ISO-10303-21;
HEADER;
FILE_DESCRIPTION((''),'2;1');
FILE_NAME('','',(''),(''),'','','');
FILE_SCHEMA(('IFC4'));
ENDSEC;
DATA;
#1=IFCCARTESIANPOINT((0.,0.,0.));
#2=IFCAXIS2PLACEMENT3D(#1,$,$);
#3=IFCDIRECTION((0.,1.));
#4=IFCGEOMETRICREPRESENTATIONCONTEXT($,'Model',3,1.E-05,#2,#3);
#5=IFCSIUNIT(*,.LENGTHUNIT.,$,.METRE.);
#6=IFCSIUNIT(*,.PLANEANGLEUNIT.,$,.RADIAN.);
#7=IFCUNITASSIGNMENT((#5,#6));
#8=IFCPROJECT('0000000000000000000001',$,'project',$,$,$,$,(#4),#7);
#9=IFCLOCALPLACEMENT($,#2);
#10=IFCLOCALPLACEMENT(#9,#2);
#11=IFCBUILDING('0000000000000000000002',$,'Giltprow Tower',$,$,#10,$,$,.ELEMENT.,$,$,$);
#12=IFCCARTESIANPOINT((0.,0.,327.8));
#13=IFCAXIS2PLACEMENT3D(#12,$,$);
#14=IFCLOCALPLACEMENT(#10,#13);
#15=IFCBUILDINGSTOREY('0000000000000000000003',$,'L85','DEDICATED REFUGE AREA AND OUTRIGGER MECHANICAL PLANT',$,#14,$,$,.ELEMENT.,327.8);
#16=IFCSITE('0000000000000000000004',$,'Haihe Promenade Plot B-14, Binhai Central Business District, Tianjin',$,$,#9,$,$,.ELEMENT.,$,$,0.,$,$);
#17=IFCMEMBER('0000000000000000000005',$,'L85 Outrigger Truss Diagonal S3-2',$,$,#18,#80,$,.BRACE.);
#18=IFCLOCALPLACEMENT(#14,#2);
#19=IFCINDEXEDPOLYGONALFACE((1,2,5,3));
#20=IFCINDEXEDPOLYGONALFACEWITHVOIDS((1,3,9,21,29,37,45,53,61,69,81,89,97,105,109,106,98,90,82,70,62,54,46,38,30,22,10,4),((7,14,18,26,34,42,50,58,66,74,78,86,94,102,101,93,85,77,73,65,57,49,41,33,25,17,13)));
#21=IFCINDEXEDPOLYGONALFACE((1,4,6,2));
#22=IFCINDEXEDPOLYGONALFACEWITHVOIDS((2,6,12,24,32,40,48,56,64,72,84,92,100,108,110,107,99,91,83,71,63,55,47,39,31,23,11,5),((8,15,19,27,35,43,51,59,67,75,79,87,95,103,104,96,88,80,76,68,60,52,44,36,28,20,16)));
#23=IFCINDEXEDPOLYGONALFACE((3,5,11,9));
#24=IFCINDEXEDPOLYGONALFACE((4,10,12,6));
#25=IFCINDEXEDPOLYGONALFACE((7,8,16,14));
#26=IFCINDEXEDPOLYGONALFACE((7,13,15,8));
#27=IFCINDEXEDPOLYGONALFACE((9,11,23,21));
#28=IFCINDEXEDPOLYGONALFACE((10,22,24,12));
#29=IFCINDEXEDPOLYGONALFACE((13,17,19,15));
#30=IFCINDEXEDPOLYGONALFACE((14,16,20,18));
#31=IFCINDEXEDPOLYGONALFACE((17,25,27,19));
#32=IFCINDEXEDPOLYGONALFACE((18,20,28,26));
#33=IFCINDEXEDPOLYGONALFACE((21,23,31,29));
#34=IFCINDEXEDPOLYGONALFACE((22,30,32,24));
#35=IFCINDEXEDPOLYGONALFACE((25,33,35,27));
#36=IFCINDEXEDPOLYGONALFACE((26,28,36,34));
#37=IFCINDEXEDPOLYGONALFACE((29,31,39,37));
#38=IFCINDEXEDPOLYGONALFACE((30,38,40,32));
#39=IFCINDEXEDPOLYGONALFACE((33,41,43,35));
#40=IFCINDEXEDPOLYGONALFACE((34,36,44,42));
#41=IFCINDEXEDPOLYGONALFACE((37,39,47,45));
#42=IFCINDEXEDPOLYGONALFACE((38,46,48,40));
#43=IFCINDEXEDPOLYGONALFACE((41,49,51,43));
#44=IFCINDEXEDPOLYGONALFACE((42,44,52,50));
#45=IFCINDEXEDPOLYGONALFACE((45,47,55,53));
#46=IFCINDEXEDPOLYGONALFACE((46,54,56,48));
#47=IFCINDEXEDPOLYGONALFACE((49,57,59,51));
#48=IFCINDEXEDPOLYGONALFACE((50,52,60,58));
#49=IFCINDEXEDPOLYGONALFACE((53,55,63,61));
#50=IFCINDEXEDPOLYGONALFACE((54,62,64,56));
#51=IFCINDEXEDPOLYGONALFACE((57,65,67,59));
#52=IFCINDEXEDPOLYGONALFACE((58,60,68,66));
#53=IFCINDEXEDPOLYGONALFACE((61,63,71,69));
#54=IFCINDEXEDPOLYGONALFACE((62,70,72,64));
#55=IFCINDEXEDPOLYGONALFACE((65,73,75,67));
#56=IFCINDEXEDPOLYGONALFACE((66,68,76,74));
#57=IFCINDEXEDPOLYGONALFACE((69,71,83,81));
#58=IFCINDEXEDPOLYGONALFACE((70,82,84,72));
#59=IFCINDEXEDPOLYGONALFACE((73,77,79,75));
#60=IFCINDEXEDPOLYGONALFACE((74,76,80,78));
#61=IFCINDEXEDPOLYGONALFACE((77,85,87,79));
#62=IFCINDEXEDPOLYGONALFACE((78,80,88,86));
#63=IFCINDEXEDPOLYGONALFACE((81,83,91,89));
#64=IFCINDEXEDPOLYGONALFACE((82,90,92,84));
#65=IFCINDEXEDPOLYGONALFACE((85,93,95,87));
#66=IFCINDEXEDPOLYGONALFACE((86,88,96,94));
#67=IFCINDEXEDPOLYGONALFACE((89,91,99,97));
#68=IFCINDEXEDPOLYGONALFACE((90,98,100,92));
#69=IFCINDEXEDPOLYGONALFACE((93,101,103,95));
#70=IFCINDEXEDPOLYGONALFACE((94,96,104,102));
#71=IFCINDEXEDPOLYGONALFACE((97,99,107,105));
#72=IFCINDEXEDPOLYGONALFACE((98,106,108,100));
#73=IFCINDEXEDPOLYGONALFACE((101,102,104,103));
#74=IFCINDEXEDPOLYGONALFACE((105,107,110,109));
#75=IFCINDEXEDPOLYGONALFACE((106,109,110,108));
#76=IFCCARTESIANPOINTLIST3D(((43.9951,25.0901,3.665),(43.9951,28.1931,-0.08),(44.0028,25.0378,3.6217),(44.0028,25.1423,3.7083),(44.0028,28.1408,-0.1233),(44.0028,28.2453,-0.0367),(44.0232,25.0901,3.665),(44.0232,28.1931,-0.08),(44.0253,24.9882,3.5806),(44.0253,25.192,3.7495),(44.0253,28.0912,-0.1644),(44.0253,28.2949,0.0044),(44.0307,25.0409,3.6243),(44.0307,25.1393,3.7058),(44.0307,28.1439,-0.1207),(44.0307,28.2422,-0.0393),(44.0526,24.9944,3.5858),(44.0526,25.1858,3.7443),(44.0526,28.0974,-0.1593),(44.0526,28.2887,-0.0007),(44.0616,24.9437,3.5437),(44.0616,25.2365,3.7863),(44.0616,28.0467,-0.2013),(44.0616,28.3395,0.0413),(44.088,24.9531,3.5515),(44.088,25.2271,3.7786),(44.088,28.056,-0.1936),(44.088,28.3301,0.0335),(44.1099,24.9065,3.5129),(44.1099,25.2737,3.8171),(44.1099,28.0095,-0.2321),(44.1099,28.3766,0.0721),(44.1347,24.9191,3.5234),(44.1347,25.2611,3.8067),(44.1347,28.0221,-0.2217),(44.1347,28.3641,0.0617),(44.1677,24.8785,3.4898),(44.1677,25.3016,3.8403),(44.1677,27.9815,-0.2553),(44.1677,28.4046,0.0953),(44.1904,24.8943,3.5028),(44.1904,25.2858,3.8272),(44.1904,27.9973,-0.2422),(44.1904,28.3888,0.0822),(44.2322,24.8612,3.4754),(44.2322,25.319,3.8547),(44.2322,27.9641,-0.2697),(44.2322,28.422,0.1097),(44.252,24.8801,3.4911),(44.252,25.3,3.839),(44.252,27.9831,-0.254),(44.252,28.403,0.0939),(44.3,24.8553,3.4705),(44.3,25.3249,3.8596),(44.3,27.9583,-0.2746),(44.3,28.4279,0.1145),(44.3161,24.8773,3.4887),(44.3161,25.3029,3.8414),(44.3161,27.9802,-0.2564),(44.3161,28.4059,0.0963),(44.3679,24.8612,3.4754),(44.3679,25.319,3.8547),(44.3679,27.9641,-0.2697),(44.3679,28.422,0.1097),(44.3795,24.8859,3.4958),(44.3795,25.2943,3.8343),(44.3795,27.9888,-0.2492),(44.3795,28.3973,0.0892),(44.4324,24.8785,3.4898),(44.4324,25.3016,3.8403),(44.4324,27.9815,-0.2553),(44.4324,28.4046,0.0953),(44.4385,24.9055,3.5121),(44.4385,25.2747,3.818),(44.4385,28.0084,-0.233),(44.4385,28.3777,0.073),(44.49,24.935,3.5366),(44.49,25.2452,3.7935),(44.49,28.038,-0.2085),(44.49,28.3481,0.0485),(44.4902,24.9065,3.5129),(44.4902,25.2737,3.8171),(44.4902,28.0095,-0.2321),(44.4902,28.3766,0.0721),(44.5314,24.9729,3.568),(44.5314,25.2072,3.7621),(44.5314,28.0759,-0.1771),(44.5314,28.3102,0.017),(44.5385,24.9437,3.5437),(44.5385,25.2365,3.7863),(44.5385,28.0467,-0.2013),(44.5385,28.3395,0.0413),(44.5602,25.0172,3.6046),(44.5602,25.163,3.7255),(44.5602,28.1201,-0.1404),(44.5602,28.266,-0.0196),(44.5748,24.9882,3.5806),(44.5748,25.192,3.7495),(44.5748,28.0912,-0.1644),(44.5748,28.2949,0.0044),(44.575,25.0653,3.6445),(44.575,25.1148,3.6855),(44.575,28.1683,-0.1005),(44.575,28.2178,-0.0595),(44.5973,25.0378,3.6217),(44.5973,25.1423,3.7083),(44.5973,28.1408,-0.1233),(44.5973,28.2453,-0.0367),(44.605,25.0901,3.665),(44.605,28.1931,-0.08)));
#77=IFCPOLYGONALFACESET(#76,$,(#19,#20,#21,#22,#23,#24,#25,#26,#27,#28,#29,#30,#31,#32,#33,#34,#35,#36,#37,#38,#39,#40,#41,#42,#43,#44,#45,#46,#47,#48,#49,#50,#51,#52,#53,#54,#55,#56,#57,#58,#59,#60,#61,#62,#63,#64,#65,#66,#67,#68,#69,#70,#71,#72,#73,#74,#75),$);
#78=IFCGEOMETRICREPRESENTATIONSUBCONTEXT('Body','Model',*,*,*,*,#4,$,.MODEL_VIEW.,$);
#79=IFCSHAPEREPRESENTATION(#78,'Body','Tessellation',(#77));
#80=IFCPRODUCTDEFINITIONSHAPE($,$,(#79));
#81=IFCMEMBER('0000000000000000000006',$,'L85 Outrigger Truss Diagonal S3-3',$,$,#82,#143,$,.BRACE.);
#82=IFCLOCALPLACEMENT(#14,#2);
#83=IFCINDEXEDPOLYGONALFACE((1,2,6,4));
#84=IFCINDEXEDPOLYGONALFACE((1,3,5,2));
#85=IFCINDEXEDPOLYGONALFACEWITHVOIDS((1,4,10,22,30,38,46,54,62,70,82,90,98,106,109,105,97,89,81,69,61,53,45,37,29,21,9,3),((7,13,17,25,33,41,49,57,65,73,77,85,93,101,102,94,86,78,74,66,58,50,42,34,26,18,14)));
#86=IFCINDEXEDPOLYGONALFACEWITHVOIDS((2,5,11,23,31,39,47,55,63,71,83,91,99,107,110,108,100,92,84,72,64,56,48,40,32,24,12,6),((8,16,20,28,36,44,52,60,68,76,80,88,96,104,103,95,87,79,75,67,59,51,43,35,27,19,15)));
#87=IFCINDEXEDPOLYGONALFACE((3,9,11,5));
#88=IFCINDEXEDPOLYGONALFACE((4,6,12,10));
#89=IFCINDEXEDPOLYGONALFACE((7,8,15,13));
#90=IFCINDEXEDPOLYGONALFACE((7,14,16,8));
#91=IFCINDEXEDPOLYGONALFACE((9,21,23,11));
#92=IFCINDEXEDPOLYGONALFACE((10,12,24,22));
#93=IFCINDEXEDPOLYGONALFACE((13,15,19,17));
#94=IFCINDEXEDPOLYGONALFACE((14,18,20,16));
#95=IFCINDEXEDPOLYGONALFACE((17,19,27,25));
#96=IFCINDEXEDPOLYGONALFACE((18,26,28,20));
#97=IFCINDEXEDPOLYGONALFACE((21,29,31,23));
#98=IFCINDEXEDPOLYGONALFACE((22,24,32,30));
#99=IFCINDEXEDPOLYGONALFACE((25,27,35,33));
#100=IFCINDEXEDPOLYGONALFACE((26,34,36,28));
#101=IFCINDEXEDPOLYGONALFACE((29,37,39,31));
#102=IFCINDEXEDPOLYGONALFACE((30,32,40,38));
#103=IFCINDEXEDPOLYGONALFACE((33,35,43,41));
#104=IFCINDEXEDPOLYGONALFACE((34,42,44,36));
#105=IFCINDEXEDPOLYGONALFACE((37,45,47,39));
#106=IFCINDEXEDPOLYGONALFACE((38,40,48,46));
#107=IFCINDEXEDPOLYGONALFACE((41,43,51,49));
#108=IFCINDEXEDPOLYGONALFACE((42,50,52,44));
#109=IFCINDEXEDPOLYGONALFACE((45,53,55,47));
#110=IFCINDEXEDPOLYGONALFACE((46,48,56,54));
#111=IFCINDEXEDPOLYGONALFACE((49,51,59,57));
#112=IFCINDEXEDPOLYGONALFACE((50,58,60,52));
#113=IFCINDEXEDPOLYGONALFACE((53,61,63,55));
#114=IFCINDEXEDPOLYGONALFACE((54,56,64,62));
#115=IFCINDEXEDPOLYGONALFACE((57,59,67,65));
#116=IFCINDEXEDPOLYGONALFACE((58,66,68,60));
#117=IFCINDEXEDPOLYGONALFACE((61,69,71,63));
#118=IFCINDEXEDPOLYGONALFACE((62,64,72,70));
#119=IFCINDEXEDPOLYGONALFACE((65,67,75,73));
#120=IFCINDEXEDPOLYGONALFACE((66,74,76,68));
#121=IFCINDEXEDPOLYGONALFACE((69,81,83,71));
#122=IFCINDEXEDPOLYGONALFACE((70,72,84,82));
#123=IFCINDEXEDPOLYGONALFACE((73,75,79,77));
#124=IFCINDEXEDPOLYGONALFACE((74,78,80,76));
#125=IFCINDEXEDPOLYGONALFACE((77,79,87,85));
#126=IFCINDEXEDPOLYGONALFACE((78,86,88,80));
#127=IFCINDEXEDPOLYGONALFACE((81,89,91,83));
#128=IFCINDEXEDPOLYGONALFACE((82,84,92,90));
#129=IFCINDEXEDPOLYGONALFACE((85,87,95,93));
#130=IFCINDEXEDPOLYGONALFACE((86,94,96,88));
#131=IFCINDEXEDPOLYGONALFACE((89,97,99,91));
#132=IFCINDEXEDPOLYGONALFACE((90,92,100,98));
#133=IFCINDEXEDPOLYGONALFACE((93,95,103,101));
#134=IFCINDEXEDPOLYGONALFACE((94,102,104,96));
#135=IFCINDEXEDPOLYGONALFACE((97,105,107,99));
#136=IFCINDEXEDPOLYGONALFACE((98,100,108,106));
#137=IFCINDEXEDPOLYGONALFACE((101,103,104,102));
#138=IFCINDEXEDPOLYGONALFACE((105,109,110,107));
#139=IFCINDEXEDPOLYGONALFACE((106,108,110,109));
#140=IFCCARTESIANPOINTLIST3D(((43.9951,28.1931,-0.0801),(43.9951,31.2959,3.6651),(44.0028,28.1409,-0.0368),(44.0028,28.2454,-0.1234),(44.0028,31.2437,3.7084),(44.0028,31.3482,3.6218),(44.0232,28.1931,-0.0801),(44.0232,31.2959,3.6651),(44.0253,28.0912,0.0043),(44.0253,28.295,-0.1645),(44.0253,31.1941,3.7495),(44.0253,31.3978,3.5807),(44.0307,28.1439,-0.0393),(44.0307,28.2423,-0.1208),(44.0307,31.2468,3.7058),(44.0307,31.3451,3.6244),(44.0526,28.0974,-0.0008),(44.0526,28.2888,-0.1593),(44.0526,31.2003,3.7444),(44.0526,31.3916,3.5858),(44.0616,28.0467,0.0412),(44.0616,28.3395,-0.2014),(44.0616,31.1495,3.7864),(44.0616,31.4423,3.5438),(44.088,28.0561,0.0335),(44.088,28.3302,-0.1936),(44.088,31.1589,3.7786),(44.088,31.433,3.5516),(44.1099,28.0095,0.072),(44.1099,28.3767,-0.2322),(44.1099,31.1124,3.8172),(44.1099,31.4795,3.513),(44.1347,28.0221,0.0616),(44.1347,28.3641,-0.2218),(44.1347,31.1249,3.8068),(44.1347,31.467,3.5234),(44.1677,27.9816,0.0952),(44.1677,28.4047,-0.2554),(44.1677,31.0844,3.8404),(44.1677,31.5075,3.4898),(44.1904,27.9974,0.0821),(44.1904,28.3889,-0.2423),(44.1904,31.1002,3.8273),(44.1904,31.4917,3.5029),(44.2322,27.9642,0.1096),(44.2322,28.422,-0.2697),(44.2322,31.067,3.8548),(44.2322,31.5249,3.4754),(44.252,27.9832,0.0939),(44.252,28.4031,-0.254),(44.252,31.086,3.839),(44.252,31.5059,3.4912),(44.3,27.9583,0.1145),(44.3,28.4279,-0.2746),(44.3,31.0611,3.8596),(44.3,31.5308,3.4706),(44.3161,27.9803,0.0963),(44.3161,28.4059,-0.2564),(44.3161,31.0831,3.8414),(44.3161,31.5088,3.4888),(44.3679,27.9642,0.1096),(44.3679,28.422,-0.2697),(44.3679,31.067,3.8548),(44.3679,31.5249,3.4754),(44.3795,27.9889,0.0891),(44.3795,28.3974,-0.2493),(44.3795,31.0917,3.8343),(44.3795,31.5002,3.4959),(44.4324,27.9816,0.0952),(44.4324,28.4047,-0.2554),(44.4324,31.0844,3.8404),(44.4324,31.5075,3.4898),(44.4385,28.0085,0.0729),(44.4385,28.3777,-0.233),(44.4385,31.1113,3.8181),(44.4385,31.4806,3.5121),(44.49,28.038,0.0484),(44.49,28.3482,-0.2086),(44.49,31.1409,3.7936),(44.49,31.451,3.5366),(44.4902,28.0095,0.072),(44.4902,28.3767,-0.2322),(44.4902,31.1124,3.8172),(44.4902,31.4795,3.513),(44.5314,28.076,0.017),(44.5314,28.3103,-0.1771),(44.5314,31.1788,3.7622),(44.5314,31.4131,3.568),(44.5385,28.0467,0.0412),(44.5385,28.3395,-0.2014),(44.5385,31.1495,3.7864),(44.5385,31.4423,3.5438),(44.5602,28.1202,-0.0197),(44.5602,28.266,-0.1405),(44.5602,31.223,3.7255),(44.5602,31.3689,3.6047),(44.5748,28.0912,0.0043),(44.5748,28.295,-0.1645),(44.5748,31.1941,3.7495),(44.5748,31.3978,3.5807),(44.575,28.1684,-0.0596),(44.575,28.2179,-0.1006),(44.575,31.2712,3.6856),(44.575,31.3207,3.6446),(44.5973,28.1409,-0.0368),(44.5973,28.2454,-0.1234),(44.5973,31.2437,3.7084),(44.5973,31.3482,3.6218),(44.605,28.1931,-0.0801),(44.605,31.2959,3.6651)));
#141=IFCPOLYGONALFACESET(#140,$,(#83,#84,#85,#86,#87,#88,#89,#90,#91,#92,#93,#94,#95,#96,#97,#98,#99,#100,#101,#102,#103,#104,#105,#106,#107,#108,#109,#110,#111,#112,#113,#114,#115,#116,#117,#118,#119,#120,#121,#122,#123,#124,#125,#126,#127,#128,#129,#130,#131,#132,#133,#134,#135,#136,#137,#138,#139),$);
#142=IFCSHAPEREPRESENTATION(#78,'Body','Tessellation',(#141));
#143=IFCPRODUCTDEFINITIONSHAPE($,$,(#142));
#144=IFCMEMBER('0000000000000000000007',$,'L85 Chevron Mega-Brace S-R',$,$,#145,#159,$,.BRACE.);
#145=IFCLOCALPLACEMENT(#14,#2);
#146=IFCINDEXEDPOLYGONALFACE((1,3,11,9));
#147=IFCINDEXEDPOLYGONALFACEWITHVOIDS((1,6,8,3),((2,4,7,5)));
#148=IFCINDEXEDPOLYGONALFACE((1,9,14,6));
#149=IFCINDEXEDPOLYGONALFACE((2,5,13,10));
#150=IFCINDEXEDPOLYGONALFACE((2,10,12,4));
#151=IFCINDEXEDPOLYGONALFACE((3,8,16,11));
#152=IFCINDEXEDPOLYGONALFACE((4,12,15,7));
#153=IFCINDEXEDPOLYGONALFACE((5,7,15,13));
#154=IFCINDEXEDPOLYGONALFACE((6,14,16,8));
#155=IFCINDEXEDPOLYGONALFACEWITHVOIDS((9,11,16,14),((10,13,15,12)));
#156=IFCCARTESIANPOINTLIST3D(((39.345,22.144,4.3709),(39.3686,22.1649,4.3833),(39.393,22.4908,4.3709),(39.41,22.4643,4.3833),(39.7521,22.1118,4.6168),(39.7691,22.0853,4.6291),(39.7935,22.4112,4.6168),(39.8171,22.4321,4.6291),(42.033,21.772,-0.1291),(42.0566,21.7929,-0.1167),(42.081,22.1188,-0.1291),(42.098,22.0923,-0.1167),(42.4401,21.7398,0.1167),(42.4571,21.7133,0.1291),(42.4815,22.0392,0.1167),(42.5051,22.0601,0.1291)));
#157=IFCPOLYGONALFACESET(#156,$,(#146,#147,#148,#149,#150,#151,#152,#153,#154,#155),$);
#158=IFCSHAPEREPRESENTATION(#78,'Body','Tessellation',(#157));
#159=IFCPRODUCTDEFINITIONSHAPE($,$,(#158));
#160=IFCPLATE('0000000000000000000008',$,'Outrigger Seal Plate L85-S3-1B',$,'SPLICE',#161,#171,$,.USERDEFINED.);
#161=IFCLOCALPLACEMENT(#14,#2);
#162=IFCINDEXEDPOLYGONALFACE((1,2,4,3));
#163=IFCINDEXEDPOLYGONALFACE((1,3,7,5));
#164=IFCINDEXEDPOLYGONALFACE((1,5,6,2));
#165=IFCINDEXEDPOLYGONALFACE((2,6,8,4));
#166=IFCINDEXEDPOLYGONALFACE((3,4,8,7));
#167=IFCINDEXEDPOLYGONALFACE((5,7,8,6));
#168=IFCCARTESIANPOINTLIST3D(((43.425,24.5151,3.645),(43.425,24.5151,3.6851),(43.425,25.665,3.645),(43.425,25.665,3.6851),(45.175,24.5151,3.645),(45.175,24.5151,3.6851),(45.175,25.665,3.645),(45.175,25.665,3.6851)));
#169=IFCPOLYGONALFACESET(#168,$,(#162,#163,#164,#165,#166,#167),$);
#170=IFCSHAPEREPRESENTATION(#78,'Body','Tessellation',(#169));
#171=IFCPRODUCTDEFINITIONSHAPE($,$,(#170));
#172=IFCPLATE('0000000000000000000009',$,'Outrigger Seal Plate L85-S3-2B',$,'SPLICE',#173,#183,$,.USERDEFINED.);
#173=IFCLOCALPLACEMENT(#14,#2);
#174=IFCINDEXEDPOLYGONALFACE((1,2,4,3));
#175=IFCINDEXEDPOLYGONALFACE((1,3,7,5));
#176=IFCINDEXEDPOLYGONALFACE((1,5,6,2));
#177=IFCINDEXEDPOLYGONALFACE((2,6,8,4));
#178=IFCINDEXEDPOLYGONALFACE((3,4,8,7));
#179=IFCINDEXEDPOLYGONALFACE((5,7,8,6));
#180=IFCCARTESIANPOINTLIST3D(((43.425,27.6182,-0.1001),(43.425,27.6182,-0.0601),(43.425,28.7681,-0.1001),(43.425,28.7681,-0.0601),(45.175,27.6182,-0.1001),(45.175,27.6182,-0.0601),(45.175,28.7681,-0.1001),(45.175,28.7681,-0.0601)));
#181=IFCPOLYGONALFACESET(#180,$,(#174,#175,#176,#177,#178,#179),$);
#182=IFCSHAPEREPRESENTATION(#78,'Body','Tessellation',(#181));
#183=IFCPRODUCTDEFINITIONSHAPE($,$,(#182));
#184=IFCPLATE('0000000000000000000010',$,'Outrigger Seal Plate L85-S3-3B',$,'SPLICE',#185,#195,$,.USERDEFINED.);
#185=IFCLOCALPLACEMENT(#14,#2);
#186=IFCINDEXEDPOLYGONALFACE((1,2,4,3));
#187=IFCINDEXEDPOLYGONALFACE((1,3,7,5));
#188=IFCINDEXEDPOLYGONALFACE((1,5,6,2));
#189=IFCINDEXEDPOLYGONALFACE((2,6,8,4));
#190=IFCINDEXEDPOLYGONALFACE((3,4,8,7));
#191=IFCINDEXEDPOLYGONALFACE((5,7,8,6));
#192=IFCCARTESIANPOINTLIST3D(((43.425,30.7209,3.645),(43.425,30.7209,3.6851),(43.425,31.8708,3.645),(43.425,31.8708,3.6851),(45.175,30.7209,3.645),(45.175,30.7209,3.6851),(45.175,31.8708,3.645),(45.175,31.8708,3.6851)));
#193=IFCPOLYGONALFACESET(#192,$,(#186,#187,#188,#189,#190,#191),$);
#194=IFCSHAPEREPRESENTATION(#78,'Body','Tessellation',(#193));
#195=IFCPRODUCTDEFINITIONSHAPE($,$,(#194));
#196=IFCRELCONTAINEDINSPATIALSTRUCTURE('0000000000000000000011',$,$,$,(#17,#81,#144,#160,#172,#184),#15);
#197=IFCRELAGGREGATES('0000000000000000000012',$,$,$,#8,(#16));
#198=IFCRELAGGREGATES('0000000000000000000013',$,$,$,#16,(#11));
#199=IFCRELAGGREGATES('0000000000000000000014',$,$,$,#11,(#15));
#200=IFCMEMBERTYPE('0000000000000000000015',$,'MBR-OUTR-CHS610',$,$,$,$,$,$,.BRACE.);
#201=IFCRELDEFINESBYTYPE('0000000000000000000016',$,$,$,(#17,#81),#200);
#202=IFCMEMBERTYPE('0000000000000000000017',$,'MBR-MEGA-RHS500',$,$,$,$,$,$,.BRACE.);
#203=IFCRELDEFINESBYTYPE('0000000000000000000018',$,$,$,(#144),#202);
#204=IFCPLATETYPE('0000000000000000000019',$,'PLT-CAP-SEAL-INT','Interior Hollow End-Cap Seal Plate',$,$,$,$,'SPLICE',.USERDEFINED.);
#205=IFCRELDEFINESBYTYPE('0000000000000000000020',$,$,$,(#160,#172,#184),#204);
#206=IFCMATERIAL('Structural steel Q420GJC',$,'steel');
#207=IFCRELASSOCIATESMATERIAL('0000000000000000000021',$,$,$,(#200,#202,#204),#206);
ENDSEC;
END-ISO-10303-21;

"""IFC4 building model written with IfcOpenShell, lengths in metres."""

from ifc_helpers import new_model, si_unit, direction, frame, origin, origin_2d, place, context, subcontext, project, spatial, rectangle, hollow_rectangle, hollow_circle, extrude, source, transform, mapped, material, material_profile, profile_set, type_object, element, save


model = new_model("IFC4")

# Units and contexts
model_context = context("Model", 3, precision=1e-05, world=origin(), true_north=direction((0.0, 1.0)))
body_context = subcontext(model_context, "Body", "Model", "MODEL_VIEW")
ifc_project = project(units=[si_unit("LENGTHUNIT", "METRE"), si_unit("PLANEANGLEUNIT", "RADIAN")], contexts=[model_context])

# Site, building, storey
site_placement = place(None, origin())
site = spatial("IfcSite", under=ifc_project, at=site_placement, Name="Haihe Promenade Plot B-14, Binhai Central Business District, Tianjin", CompositionType="ELEMENT", RefElevation=0.0)
building_placement = place(site_placement, origin())
building = spatial("IfcBuilding", under=site, at=building_placement, Name="Giltprow Tower", CompositionType="ELEMENT")
storey_placement = place(building_placement, frame((0.0, 0.0, 327.8)))
storey = spatial("IfcBuildingStorey", under=building, at=storey_placement, Name="L85", Description="DEDICATED REFUGE AREA AND OUTRIGGER MECHANICAL PLANT", CompositionType="ELEMENT", Elevation=327.8)

# Shared definitions
ifc_material_1 = material(Name="Structural steel Q420GJC", Category="steel")

# Members
ifc_material_profile_1 = material_profile(ifc_material_1, hollow_circle(Radius=0.3049, WallThickness=0.0281, at=origin_2d()), Name="CHS 610x28")
ifc_profile_set_1 = profile_set([ifc_material_profile_1], Name="Structural steel Q420GJC")
member_type_1 = type_object("IfcMemberType", Name="MBR-OUTR-CHS610", PredefinedType="BRACE", material=ifc_profile_set_1)
shared_shape_1 = source(origin(), body_context, "Body", "SweptSolid", [
    extrude(hollow_circle(Radius=0.3049, WallThickness=0.0281, at=origin_2d()), origin(), (0.0, 0.0, 1.0), 4.8635),
])
for number, where, z_axis, x_axis, name in (
    (1, (44.3, 25.0901, 3.665), (0.0, 0.638009, -0.770029), (-1.0, 0.0, 0.0), "L85 Outrigger Truss Diagonal S3-2"),
    (2, (44.3, 28.1931, -0.0801), (0.0, 0.63798, 0.770053), (-1.0, 0.0, 0.0), "L85 Outrigger Truss Diagonal S3-3"),
):
    element("IfcMember", number, at=place(storey_placement, frame(where, z_axis=z_axis, x_axis=x_axis)), inside=storey, type_object=member_type_1, Name=name, PredefinedType="BRACE", context=body_context, shape_type="MappedRepresentation", body=[
        mapped(shared_shape_1, transform((0.0, 0.0, 0.0), x_axis=(1.0, 0.0, 0.0), y_axis=(0.0, 1.0, 0.0), z_axis=(0.0, 0.0, 1.0), scale=1.0)),
    ])
ifc_material_profile_2 = material_profile(ifc_material_1, hollow_rectangle(XDim=0.3501, YDim=0.5, WallThickness=0.0239, at=origin_2d()), Name="RHS 500x350x24")
ifc_profile_set_2 = profile_set([ifc_material_profile_2], Name="Structural steel Q420GJC")
member_type_2 = type_object("IfcMemberType", Name="MBR-MEGA-RHS500", PredefinedType="BRACE", material=ifc_profile_set_2)
shared_shape_2 = source(origin(), body_context, "Body", "SweptSolid", [
    extrude(hollow_rectangle(XDim=0.3501, YDim=0.5, WallThickness=0.0239, at=origin_2d()), origin(), (0.0, 0.0, 1.0), 5.2549),
])
member_1_placement = place(storey_placement, frame((42.269, 21.916, 0.0), z_axis=(-0.511523, 0.070805, 0.856348), x_axis=(-0.137112, -0.990556, 0.0)))
element("IfcMember", 3, at=member_1_placement, inside=storey, type_object=member_type_2, Name="L85 Chevron Mega-Brace S-R", PredefinedType="BRACE", context=body_context, shape_type="MappedRepresentation", body=[
    mapped(shared_shape_2, transform((0.0, 0.0, 0.0), x_axis=(1.0, 0.0, 0.0), y_axis=(0.0, 1.0, 0.0), z_axis=(0.0, 0.0, 1.0), scale=1.0)),
])

# Plates
plate_type_1 = type_object("IfcPlateType", Name="PLT-CAP-SEAL-INT", Description="Interior Hollow End-Cap Seal Plate", ElementType="SPLICE", PredefinedType="USERDEFINED", material=ifc_material_1)
shared_shape_3 = source(origin(), body_context, "Body", "SweptSolid", [
    extrude(rectangle(XDim=1.75, YDim=1.1499, at=origin_2d()), origin(), (0.0, 0.0, 1.0), 0.04),
])
for number, where, z_axis, x_axis, name in (
    (4, (44.3, 25.0901, 3.645), (0.0, 0.0, 1.0), (1.0, 0.0, 0.0), "Outrigger Seal Plate L85-S3-1B"),
    (5, (44.3, 28.1931, -0.1001), (0.0, 0.0, 1.0), (1.0, 0.0, 0.0), "Outrigger Seal Plate L85-S3-2B"),
    (6, (44.3, 31.2959, 3.645), (0.0, 0.0, 1.0), (1.0, 0.0, 0.0), "Outrigger Seal Plate L85-S3-3B"),
):
    element("IfcPlate", number, at=place(storey_placement, frame(where, z_axis=z_axis, x_axis=x_axis)), inside=storey, type_object=plate_type_1, Name=name, ObjectType="SPLICE", PredefinedType="USERDEFINED", context=body_context, shape_type="MappedRepresentation", body=[
        mapped(shared_shape_3, transform((0.0, 0.0, 0.0), x_axis=(1.0, 0.0, 0.0), y_axis=(0.0, 1.0, 0.0), z_axis=(0.0, 0.0, 1.0), scale=1.0)),
    ])

save(model, "model.ifc")
